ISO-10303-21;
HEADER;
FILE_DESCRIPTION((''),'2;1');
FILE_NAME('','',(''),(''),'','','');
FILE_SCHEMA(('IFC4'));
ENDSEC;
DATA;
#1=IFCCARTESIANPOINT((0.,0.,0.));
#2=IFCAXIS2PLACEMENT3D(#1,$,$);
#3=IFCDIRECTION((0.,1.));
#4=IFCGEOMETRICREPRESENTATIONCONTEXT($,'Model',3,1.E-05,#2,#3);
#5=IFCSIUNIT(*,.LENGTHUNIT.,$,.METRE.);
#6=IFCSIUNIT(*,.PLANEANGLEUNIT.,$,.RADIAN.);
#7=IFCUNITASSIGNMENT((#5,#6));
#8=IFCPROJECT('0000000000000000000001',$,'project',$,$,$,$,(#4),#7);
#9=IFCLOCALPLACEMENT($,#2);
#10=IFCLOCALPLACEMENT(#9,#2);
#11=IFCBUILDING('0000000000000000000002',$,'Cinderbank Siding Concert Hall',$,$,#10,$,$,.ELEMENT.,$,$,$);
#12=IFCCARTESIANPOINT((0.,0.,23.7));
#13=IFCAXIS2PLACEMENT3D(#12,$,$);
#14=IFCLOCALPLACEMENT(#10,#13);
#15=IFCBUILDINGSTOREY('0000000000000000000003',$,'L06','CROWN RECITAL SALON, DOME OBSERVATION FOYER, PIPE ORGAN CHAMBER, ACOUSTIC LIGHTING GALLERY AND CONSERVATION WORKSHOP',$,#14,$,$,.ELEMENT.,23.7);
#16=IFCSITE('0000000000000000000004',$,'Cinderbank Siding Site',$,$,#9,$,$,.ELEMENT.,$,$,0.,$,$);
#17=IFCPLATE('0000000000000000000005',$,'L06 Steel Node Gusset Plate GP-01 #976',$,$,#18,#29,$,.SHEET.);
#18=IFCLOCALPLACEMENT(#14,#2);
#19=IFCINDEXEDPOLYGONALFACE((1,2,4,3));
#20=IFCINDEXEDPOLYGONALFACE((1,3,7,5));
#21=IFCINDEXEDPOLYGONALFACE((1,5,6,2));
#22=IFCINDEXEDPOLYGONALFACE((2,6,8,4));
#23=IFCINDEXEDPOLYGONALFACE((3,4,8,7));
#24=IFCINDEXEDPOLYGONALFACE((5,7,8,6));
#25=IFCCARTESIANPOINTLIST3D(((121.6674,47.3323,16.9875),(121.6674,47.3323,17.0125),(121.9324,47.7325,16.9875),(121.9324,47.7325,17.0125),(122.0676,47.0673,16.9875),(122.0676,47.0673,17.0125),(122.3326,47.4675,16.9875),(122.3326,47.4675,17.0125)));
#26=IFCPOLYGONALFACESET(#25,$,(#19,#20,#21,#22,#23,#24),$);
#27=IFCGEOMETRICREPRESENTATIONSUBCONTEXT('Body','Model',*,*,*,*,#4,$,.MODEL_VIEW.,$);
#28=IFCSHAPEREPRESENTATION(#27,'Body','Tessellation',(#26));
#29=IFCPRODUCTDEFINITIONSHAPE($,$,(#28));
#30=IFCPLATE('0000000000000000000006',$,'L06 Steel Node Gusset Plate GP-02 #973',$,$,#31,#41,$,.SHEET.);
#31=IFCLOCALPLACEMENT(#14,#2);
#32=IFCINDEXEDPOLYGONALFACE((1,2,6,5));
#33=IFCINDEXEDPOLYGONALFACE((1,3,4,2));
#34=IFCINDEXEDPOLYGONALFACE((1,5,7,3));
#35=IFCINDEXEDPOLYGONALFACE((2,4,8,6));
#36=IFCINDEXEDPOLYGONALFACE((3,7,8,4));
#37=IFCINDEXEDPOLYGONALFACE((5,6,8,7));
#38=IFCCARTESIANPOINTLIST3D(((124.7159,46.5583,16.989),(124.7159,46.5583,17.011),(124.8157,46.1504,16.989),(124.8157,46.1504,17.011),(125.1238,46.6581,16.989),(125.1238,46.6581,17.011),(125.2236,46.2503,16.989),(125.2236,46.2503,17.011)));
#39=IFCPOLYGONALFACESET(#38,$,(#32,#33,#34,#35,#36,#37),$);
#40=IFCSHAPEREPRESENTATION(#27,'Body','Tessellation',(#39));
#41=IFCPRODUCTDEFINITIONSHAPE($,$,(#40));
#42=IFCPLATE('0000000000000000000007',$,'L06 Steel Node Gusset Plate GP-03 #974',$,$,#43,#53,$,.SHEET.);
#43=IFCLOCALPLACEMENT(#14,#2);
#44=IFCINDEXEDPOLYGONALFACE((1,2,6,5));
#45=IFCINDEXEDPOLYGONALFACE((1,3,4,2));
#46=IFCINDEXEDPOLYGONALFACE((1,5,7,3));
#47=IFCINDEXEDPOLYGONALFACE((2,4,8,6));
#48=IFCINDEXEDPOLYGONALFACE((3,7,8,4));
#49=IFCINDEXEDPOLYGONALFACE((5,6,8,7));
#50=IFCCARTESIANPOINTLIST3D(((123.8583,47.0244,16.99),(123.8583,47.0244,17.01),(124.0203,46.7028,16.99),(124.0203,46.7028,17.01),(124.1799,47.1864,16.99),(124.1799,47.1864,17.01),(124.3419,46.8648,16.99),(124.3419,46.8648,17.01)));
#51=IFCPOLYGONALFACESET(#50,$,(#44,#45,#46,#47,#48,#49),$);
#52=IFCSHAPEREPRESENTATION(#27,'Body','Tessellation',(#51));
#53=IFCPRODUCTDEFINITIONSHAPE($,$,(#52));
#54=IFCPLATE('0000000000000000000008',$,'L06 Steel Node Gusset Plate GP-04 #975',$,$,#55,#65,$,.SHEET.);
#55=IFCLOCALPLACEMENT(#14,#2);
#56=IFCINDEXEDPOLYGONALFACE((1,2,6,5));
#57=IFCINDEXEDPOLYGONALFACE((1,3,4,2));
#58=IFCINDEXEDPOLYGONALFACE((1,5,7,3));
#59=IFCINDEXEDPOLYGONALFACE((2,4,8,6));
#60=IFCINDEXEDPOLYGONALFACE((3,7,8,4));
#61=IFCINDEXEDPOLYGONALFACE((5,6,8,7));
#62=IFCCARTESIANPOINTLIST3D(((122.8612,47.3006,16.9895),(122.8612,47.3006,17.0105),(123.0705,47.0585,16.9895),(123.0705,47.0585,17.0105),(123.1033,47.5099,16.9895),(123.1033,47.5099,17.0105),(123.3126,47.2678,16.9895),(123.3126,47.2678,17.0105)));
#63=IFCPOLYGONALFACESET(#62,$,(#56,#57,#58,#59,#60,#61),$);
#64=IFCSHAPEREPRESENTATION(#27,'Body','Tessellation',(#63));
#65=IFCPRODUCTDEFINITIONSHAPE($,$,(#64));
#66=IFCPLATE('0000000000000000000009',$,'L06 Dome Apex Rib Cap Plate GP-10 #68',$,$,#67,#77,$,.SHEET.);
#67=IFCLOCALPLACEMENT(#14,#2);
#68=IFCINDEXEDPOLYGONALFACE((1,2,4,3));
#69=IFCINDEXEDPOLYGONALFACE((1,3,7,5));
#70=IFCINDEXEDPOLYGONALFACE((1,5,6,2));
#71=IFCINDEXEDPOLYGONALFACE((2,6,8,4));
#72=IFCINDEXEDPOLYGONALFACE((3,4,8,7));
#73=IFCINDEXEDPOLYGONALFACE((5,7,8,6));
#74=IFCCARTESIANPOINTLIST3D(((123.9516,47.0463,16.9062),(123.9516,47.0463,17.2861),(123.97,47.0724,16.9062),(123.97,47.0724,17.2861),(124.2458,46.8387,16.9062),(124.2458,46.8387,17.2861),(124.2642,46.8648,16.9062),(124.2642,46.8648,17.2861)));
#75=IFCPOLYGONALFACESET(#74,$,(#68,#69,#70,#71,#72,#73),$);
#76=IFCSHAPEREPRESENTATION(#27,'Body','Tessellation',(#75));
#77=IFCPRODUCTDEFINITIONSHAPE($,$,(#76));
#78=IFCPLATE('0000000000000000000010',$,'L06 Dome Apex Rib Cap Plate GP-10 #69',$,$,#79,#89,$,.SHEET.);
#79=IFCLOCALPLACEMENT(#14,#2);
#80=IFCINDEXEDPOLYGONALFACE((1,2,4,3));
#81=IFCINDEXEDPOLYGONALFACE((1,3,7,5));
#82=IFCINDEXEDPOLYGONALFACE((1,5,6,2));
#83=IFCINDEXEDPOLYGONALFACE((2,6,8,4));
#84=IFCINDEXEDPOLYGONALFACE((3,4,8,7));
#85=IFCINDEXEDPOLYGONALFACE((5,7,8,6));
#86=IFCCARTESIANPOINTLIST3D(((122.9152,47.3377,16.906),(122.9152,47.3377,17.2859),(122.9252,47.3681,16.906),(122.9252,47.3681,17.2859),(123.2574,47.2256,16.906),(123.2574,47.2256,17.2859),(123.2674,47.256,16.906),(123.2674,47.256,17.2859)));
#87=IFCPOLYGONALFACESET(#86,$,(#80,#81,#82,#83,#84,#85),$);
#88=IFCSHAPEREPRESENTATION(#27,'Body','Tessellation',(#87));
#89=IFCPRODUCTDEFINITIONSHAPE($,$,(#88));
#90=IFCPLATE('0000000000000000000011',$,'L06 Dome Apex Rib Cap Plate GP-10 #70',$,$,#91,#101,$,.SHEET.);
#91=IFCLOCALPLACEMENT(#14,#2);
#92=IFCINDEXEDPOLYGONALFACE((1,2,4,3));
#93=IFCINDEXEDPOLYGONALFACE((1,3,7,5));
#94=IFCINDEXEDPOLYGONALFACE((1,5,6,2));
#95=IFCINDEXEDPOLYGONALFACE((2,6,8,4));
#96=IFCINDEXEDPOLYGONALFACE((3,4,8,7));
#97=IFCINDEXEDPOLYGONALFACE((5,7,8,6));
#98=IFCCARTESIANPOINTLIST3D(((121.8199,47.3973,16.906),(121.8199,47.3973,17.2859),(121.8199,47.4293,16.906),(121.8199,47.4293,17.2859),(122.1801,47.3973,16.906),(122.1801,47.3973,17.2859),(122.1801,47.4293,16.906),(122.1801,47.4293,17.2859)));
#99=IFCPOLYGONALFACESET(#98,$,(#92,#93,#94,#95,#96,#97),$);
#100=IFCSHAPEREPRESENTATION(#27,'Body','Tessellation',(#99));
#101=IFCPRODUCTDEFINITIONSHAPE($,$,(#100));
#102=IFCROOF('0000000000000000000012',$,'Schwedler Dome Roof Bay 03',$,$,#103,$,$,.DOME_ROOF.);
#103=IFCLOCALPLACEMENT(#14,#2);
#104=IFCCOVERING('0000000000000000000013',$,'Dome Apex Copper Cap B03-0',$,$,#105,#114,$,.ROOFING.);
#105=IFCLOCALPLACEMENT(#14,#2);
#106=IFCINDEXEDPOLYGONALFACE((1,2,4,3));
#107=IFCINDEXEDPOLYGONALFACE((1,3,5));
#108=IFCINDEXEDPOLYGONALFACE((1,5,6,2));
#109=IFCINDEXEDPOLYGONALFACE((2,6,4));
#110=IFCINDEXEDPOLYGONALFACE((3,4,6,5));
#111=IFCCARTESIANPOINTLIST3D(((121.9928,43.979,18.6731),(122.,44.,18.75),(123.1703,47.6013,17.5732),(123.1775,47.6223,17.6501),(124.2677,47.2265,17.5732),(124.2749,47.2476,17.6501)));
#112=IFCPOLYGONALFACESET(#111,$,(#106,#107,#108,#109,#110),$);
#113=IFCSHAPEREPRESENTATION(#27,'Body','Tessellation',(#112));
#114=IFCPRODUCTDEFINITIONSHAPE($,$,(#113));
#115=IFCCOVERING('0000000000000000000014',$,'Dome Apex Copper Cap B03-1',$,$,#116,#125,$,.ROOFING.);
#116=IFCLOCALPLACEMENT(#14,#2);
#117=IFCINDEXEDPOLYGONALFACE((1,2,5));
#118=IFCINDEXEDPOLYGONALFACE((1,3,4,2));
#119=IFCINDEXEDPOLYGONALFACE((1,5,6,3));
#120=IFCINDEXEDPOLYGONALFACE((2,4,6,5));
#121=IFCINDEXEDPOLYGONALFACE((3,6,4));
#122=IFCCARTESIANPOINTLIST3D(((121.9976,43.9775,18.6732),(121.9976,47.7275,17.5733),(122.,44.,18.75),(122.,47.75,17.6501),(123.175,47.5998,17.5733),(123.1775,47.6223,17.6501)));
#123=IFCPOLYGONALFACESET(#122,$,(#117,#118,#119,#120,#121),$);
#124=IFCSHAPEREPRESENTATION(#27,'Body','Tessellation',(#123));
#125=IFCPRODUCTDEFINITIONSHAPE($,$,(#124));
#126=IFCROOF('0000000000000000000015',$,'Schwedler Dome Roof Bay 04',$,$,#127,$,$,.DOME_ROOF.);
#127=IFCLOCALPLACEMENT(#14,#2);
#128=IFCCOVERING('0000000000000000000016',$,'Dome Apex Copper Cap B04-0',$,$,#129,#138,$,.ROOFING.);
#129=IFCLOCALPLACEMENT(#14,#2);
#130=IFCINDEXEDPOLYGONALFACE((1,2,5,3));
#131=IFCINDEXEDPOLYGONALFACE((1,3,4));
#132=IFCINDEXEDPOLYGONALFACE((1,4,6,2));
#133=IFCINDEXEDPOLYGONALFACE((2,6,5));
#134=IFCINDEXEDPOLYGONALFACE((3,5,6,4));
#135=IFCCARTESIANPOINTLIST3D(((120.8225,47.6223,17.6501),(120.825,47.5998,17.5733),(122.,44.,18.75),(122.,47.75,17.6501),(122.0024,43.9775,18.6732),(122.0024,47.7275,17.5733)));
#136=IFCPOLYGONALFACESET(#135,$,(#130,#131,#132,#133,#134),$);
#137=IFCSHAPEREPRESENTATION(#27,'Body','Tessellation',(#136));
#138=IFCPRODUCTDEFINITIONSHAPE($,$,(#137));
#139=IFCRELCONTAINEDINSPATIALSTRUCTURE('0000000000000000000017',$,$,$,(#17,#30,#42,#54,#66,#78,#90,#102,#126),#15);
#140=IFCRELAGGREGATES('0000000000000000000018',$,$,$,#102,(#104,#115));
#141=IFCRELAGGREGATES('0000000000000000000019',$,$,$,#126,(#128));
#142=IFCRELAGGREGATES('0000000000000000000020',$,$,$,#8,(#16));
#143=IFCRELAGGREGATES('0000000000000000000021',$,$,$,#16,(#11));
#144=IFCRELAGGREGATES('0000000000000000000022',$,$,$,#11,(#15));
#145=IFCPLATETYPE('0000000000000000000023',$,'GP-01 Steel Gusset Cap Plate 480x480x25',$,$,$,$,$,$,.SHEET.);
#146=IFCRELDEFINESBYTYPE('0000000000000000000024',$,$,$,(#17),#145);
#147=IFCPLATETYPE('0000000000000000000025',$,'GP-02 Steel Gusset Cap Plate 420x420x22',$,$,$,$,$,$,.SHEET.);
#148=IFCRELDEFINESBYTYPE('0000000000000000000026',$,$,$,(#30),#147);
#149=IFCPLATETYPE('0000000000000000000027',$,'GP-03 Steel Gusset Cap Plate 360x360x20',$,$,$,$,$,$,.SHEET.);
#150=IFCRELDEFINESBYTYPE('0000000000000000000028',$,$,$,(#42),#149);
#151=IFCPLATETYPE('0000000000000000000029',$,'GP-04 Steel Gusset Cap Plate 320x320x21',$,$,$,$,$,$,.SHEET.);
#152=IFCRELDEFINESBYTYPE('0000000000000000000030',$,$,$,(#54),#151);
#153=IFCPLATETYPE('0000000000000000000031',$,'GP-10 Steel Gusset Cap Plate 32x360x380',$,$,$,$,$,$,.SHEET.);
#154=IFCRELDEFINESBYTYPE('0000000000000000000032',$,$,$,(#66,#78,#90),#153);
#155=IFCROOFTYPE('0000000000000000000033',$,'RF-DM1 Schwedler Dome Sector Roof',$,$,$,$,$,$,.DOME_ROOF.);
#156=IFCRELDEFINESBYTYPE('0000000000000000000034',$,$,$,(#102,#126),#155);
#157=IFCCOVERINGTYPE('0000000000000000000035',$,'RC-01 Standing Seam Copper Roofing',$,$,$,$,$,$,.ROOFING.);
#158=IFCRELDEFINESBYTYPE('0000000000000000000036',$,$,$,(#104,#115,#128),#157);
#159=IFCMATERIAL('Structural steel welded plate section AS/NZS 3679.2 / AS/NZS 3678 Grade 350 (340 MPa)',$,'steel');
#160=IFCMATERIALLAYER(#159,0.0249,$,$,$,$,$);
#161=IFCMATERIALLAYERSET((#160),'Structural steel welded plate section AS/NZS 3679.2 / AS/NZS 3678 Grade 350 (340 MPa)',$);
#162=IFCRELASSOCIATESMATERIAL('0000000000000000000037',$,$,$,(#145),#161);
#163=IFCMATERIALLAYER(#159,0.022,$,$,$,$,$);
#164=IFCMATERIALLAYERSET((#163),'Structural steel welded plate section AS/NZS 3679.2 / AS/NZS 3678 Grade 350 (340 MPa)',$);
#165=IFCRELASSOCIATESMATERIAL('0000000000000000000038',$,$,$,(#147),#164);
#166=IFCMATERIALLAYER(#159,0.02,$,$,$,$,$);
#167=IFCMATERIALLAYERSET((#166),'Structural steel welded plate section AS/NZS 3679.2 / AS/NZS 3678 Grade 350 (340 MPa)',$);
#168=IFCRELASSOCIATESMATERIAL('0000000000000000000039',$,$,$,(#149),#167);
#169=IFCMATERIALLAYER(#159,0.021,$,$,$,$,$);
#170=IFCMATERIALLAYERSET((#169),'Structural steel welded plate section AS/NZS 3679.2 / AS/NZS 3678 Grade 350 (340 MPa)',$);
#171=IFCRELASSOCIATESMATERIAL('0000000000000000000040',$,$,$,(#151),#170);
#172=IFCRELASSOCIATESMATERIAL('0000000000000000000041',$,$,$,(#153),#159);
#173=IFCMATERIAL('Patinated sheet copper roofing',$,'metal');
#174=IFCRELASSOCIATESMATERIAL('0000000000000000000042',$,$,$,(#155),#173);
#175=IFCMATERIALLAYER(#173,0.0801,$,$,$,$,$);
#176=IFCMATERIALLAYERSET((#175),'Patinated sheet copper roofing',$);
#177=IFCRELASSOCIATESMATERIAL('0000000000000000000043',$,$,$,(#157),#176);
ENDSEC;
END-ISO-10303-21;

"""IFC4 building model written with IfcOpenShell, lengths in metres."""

from ifc_helpers import new_model, si_unit, direction, frame, origin, origin_2d, place, context, subcontext, project, spatial, polyline, rectangle, outline, extrude, material, layer, layer_set, type_object, element, aggregate, save


model = new_model("IFC4")

# Units and contexts
model_context = context("Model", 3, precision=1e-05, world=origin(), true_north=direction((0.0, 1.0)))
body_context = subcontext(model_context, "Body", "Model", "MODEL_VIEW")
ifc_project = project(units=[si_unit("LENGTHUNIT", "METRE"), si_unit("PLANEANGLEUNIT", "RADIAN")], contexts=[model_context])

# Site, building, storey
site_placement = place(None, origin())
site = spatial("IfcSite", under=ifc_project, at=site_placement, Name="Cinderbank Siding Site", CompositionType="ELEMENT", RefElevation=0.0)
building_placement = place(site_placement, origin())
building = spatial("IfcBuilding", under=site, at=building_placement, Name="Cinderbank Siding Concert Hall", CompositionType="ELEMENT")
storey_placement = place(building_placement, frame((0.0, 0.0, 23.7)))
storey = spatial("IfcBuildingStorey", under=building, at=storey_placement, Name="L06", Description="CROWN RECITAL SALON, DOME OBSERVATION FOYER, PIPE ORGAN CHAMBER, ACOUSTIC LIGHTING GALLERY AND CONSERVATION WORKSHOP", CompositionType="ELEMENT", Elevation=23.7)

# Plates
ifc_material_1 = material(Name="Structural steel welded plate section AS/NZS 3679.2 / AS/NZS 3678 Grade 350 (340 MPa)", Category="steel")
ifc_layer_1 = layer(ifc_material_1, 0.0249)
ifc_layer_set_1 = layer_set([ifc_layer_1], Name="Structural steel welded plate section AS/NZS 3679.2 / AS/NZS 3678 Grade 350 (340 MPa)")
plate_type_1 = type_object("IfcPlateType", Name="GP-01 Steel Gusset Cap Plate 480x480x25", PredefinedType="SHEET", material=ifc_layer_set_1)
plate_1_placement = place(storey_placement, frame((122.0, 47.3999, 16.9875), z_axis=(0.0, 0.0, 1.0), x_axis=(-0.552083, -0.833789, 0.0)))
element("IfcPlate", 1, at=plate_1_placement, inside=storey, type_object=plate_type_1, Name="L06 Steel Node Gusset Plate GP-01 #976", PredefinedType="SHEET", context=body_context, shape_type="SweptSolid", body=[
    extrude(rectangle(XDim=0.48, YDim=0.48, at=origin_2d()), origin(), (0.0, 0.0, 1.0), 0.0249),
])
ifc_layer_2 = layer(ifc_material_1, 0.022)
ifc_layer_set_2 = layer_set([ifc_layer_2], Name="Structural steel welded plate section AS/NZS 3679.2 / AS/NZS 3678 Grade 350 (340 MPa)")
plate_type_2 = type_object("IfcPlateType", Name="GP-02 Steel Gusset Cap Plate 420x420x22", PredefinedType="SHEET", material=ifc_layer_set_2)
plate_2_placement = place(storey_placement, frame((124.9697, 46.4043, 16.989), z_axis=(0.0, 0.0, 1.0), x_axis=(-0.971342, -0.237686, 0.0)))
element("IfcPlate", 2, at=plate_2_placement, inside=storey, type_object=plate_type_2, Name="L06 Steel Node Gusset Plate GP-02 #973", PredefinedType="SHEET", context=body_context, shape_type="SweptSolid", body=[
    extrude(rectangle(XDim=0.4199, YDim=0.4199, at=origin_2d()), origin(), (0.0, 0.0, 1.0), 0.022),
])
ifc_layer_3 = layer(ifc_material_1, 0.02)
ifc_layer_set_3 = layer_set([ifc_layer_3], Name="Structural steel welded plate section AS/NZS 3679.2 / AS/NZS 3678 Grade 350 (340 MPa)")
plate_type_3 = type_object("IfcPlateType", Name="GP-03 Steel Gusset Cap Plate 360x360x20", PredefinedType="SHEET", material=ifc_layer_set_3)
plate_3_placement = place(storey_placement, frame((124.1001, 46.9446, 16.99), z_axis=(0.0, 0.0, 1.0), x_axis=(-0.893136, -0.449787, 0.0)))
element("IfcPlate", 3, at=plate_3_placement, inside=storey, type_object=plate_type_3, Name="L06 Steel Node Gusset Plate GP-03 #974", PredefinedType="SHEET", context=body_context, shape_type="SweptSolid", body=[
    extrude(rectangle(XDim=0.3601, YDim=0.3601, at=origin_2d()), origin(), (0.0, 0.0, 1.0), 0.02),
])
ifc_layer_4 = layer(ifc_material_1, 0.021)
ifc_layer_set_4 = layer_set([ifc_layer_4], Name="Structural steel welded plate section AS/NZS 3679.2 / AS/NZS 3678 Grade 350 (340 MPa)")
plate_type_4 = type_object("IfcPlateType", Name="GP-04 Steel Gusset Cap Plate 320x320x21", PredefinedType="SHEET", material=ifc_layer_set_4)
plate_4_placement = place(storey_placement, frame((123.0869, 47.2842, 16.9895), z_axis=(0.0, 0.0, 1.0), x_axis=(-0.756425, -0.654081, 0.0)))
element("IfcPlate", 4, at=plate_4_placement, inside=storey, type_object=plate_type_4, Name="L06 Steel Node Gusset Plate GP-04 #975", PredefinedType="SHEET", context=body_context, shape_type="SweptSolid", body=[
    extrude(rectangle(XDim=0.3201, YDim=0.3201, at=origin_2d()), origin(), (0.0, 0.0, 1.0), 0.021),
])
plate_type_5 = type_object("IfcPlateType", Name="GP-10 Steel Gusset Cap Plate 32x360x380", PredefinedType="SHEET", material=ifc_material_1)
for number, where, z_axis, x_axis, name in (
    (5, (124.1079, 46.9556, 16.9062), (0.0, 0.0, 1.0), (-0.576575, -0.817044, 0.0), "L06 Dome Apex Rib Cap Plate GP-10 #68"),
    (6, (123.0913, 47.2969, 16.906), (0.0, 0.0, 1.0), (-0.311174, -0.950353, 0.0), "L06 Dome Apex Rib Cap Plate GP-10 #69"),
    (7, (122.0, 47.4133, 16.906), (0.0, 0.0, 1.0), (0.0, -1.0, 0.0), "L06 Dome Apex Rib Cap Plate GP-10 #70"),
):
    element("IfcPlate", number, at=place(storey_placement, frame(where, z_axis=z_axis, x_axis=x_axis)), inside=storey, type_object=plate_type_5, Name=name, PredefinedType="SHEET", context=body_context, shape_type="SweptSolid", body=[
        extrude(rectangle(XDim=0.032, YDim=0.3601, at=origin_2d()), origin(), (0.0, 0.0, 1.0), 0.3799),
    ])

# Roof, coverings
ifc_material_2 = material(Name="Patinated sheet copper roofing", Category="metal")
roof_type = type_object("IfcRoofType", Name="RF-DM1 Schwedler Dome Sector Roof", PredefinedType="DOME_ROOF", material=ifc_material_2)
roof_1_placement = place(storey_placement, origin())
roof_1 = element("IfcRoof", 8, at=roof_1_placement, inside=storey, type_object=roof_type, Name="Schwedler Dome Roof Bay 03", PredefinedType="DOME_ROOF")
ifc_layer_5 = layer(ifc_material_2, 0.0801)
ifc_layer_set_5 = layer_set([ifc_layer_5], Name="Patinated sheet copper roofing")
covering_type = type_object("IfcCoveringType", Name="RC-01 Standing Seam Copper Roofing", PredefinedType="ROOFING", material=ifc_layer_set_5)
covering_1_placement = place(storey_placement, frame((124.2749, 47.2476, 17.6501), z_axis=(0.089664, 0.262565, 0.960739), x_axis=(-0.946342, 0.323167, 0.0)))
covering_1 = element("IfcCovering", 9, at=covering_1_placement, type_object=covering_type, Name="Dome Apex Copper Cap B03-0", PredefinedType="ROOFING", context=body_context, shape_type="SweptSolid", body=[
    extrude(outline(polyline([(0.0, 0.0), (1.1596, 0.0), (1.1033, 3.9641), (0.0, 0.0)])), origin(), (0.0, 0.0, -1.0), 0.0801),
])
covering_2_placement = place(storey_placement, frame((123.1775, 47.6223, 17.6501), z_axis=(0.030505, 0.281308, 0.959133), x_axis=(-0.994172, 0.107807, 0.0)))
covering_2 = element("IfcCovering", 10, at=covering_2_placement, type_object=covering_type, Name="Dome Apex Copper Cap B03-1", PredefinedType="ROOFING", context=body_context, shape_type="SweptSolid", body=[
    extrude(outline(polyline([(0.0, 0.0), (1.1844, 0.0), (0.7801, 3.887), (0.0, 0.0)])), origin(), (0.0, 0.0, -1.0), 0.0801),
])
aggregate(roof_1, [covering_1, covering_2])

# Roof, covering
roof_2_placement = place(storey_placement, origin())
roof_2 = element("IfcRoof", 11, at=roof_2_placement, inside=storey, type_object=roof_type, Name="Schwedler Dome Roof Bay 04", PredefinedType="DOME_ROOF")
covering_3_placement = place(storey_placement, frame((122.0, 47.75, 17.6501), z_axis=(-0.030505, 0.281308, 0.959133), x_axis=(-0.994172, -0.107807, 0.0)))
covering_3 = element("IfcCovering", 12, at=covering_3_placement, type_object=covering_type, Name="Dome Apex Copper Cap B04-0", PredefinedType="ROOFING", context=body_context, shape_type="SweptSolid", body=[
    extrude(outline(polyline([(0.0, 0.0), (1.1844, 0.0), (0.4043, 3.887), (0.0, 0.0)])), origin(), (0.0, 0.0, -1.0), 0.0801),
])
aggregate(roof_2, [covering_3])

save(model, "model.ifc")
